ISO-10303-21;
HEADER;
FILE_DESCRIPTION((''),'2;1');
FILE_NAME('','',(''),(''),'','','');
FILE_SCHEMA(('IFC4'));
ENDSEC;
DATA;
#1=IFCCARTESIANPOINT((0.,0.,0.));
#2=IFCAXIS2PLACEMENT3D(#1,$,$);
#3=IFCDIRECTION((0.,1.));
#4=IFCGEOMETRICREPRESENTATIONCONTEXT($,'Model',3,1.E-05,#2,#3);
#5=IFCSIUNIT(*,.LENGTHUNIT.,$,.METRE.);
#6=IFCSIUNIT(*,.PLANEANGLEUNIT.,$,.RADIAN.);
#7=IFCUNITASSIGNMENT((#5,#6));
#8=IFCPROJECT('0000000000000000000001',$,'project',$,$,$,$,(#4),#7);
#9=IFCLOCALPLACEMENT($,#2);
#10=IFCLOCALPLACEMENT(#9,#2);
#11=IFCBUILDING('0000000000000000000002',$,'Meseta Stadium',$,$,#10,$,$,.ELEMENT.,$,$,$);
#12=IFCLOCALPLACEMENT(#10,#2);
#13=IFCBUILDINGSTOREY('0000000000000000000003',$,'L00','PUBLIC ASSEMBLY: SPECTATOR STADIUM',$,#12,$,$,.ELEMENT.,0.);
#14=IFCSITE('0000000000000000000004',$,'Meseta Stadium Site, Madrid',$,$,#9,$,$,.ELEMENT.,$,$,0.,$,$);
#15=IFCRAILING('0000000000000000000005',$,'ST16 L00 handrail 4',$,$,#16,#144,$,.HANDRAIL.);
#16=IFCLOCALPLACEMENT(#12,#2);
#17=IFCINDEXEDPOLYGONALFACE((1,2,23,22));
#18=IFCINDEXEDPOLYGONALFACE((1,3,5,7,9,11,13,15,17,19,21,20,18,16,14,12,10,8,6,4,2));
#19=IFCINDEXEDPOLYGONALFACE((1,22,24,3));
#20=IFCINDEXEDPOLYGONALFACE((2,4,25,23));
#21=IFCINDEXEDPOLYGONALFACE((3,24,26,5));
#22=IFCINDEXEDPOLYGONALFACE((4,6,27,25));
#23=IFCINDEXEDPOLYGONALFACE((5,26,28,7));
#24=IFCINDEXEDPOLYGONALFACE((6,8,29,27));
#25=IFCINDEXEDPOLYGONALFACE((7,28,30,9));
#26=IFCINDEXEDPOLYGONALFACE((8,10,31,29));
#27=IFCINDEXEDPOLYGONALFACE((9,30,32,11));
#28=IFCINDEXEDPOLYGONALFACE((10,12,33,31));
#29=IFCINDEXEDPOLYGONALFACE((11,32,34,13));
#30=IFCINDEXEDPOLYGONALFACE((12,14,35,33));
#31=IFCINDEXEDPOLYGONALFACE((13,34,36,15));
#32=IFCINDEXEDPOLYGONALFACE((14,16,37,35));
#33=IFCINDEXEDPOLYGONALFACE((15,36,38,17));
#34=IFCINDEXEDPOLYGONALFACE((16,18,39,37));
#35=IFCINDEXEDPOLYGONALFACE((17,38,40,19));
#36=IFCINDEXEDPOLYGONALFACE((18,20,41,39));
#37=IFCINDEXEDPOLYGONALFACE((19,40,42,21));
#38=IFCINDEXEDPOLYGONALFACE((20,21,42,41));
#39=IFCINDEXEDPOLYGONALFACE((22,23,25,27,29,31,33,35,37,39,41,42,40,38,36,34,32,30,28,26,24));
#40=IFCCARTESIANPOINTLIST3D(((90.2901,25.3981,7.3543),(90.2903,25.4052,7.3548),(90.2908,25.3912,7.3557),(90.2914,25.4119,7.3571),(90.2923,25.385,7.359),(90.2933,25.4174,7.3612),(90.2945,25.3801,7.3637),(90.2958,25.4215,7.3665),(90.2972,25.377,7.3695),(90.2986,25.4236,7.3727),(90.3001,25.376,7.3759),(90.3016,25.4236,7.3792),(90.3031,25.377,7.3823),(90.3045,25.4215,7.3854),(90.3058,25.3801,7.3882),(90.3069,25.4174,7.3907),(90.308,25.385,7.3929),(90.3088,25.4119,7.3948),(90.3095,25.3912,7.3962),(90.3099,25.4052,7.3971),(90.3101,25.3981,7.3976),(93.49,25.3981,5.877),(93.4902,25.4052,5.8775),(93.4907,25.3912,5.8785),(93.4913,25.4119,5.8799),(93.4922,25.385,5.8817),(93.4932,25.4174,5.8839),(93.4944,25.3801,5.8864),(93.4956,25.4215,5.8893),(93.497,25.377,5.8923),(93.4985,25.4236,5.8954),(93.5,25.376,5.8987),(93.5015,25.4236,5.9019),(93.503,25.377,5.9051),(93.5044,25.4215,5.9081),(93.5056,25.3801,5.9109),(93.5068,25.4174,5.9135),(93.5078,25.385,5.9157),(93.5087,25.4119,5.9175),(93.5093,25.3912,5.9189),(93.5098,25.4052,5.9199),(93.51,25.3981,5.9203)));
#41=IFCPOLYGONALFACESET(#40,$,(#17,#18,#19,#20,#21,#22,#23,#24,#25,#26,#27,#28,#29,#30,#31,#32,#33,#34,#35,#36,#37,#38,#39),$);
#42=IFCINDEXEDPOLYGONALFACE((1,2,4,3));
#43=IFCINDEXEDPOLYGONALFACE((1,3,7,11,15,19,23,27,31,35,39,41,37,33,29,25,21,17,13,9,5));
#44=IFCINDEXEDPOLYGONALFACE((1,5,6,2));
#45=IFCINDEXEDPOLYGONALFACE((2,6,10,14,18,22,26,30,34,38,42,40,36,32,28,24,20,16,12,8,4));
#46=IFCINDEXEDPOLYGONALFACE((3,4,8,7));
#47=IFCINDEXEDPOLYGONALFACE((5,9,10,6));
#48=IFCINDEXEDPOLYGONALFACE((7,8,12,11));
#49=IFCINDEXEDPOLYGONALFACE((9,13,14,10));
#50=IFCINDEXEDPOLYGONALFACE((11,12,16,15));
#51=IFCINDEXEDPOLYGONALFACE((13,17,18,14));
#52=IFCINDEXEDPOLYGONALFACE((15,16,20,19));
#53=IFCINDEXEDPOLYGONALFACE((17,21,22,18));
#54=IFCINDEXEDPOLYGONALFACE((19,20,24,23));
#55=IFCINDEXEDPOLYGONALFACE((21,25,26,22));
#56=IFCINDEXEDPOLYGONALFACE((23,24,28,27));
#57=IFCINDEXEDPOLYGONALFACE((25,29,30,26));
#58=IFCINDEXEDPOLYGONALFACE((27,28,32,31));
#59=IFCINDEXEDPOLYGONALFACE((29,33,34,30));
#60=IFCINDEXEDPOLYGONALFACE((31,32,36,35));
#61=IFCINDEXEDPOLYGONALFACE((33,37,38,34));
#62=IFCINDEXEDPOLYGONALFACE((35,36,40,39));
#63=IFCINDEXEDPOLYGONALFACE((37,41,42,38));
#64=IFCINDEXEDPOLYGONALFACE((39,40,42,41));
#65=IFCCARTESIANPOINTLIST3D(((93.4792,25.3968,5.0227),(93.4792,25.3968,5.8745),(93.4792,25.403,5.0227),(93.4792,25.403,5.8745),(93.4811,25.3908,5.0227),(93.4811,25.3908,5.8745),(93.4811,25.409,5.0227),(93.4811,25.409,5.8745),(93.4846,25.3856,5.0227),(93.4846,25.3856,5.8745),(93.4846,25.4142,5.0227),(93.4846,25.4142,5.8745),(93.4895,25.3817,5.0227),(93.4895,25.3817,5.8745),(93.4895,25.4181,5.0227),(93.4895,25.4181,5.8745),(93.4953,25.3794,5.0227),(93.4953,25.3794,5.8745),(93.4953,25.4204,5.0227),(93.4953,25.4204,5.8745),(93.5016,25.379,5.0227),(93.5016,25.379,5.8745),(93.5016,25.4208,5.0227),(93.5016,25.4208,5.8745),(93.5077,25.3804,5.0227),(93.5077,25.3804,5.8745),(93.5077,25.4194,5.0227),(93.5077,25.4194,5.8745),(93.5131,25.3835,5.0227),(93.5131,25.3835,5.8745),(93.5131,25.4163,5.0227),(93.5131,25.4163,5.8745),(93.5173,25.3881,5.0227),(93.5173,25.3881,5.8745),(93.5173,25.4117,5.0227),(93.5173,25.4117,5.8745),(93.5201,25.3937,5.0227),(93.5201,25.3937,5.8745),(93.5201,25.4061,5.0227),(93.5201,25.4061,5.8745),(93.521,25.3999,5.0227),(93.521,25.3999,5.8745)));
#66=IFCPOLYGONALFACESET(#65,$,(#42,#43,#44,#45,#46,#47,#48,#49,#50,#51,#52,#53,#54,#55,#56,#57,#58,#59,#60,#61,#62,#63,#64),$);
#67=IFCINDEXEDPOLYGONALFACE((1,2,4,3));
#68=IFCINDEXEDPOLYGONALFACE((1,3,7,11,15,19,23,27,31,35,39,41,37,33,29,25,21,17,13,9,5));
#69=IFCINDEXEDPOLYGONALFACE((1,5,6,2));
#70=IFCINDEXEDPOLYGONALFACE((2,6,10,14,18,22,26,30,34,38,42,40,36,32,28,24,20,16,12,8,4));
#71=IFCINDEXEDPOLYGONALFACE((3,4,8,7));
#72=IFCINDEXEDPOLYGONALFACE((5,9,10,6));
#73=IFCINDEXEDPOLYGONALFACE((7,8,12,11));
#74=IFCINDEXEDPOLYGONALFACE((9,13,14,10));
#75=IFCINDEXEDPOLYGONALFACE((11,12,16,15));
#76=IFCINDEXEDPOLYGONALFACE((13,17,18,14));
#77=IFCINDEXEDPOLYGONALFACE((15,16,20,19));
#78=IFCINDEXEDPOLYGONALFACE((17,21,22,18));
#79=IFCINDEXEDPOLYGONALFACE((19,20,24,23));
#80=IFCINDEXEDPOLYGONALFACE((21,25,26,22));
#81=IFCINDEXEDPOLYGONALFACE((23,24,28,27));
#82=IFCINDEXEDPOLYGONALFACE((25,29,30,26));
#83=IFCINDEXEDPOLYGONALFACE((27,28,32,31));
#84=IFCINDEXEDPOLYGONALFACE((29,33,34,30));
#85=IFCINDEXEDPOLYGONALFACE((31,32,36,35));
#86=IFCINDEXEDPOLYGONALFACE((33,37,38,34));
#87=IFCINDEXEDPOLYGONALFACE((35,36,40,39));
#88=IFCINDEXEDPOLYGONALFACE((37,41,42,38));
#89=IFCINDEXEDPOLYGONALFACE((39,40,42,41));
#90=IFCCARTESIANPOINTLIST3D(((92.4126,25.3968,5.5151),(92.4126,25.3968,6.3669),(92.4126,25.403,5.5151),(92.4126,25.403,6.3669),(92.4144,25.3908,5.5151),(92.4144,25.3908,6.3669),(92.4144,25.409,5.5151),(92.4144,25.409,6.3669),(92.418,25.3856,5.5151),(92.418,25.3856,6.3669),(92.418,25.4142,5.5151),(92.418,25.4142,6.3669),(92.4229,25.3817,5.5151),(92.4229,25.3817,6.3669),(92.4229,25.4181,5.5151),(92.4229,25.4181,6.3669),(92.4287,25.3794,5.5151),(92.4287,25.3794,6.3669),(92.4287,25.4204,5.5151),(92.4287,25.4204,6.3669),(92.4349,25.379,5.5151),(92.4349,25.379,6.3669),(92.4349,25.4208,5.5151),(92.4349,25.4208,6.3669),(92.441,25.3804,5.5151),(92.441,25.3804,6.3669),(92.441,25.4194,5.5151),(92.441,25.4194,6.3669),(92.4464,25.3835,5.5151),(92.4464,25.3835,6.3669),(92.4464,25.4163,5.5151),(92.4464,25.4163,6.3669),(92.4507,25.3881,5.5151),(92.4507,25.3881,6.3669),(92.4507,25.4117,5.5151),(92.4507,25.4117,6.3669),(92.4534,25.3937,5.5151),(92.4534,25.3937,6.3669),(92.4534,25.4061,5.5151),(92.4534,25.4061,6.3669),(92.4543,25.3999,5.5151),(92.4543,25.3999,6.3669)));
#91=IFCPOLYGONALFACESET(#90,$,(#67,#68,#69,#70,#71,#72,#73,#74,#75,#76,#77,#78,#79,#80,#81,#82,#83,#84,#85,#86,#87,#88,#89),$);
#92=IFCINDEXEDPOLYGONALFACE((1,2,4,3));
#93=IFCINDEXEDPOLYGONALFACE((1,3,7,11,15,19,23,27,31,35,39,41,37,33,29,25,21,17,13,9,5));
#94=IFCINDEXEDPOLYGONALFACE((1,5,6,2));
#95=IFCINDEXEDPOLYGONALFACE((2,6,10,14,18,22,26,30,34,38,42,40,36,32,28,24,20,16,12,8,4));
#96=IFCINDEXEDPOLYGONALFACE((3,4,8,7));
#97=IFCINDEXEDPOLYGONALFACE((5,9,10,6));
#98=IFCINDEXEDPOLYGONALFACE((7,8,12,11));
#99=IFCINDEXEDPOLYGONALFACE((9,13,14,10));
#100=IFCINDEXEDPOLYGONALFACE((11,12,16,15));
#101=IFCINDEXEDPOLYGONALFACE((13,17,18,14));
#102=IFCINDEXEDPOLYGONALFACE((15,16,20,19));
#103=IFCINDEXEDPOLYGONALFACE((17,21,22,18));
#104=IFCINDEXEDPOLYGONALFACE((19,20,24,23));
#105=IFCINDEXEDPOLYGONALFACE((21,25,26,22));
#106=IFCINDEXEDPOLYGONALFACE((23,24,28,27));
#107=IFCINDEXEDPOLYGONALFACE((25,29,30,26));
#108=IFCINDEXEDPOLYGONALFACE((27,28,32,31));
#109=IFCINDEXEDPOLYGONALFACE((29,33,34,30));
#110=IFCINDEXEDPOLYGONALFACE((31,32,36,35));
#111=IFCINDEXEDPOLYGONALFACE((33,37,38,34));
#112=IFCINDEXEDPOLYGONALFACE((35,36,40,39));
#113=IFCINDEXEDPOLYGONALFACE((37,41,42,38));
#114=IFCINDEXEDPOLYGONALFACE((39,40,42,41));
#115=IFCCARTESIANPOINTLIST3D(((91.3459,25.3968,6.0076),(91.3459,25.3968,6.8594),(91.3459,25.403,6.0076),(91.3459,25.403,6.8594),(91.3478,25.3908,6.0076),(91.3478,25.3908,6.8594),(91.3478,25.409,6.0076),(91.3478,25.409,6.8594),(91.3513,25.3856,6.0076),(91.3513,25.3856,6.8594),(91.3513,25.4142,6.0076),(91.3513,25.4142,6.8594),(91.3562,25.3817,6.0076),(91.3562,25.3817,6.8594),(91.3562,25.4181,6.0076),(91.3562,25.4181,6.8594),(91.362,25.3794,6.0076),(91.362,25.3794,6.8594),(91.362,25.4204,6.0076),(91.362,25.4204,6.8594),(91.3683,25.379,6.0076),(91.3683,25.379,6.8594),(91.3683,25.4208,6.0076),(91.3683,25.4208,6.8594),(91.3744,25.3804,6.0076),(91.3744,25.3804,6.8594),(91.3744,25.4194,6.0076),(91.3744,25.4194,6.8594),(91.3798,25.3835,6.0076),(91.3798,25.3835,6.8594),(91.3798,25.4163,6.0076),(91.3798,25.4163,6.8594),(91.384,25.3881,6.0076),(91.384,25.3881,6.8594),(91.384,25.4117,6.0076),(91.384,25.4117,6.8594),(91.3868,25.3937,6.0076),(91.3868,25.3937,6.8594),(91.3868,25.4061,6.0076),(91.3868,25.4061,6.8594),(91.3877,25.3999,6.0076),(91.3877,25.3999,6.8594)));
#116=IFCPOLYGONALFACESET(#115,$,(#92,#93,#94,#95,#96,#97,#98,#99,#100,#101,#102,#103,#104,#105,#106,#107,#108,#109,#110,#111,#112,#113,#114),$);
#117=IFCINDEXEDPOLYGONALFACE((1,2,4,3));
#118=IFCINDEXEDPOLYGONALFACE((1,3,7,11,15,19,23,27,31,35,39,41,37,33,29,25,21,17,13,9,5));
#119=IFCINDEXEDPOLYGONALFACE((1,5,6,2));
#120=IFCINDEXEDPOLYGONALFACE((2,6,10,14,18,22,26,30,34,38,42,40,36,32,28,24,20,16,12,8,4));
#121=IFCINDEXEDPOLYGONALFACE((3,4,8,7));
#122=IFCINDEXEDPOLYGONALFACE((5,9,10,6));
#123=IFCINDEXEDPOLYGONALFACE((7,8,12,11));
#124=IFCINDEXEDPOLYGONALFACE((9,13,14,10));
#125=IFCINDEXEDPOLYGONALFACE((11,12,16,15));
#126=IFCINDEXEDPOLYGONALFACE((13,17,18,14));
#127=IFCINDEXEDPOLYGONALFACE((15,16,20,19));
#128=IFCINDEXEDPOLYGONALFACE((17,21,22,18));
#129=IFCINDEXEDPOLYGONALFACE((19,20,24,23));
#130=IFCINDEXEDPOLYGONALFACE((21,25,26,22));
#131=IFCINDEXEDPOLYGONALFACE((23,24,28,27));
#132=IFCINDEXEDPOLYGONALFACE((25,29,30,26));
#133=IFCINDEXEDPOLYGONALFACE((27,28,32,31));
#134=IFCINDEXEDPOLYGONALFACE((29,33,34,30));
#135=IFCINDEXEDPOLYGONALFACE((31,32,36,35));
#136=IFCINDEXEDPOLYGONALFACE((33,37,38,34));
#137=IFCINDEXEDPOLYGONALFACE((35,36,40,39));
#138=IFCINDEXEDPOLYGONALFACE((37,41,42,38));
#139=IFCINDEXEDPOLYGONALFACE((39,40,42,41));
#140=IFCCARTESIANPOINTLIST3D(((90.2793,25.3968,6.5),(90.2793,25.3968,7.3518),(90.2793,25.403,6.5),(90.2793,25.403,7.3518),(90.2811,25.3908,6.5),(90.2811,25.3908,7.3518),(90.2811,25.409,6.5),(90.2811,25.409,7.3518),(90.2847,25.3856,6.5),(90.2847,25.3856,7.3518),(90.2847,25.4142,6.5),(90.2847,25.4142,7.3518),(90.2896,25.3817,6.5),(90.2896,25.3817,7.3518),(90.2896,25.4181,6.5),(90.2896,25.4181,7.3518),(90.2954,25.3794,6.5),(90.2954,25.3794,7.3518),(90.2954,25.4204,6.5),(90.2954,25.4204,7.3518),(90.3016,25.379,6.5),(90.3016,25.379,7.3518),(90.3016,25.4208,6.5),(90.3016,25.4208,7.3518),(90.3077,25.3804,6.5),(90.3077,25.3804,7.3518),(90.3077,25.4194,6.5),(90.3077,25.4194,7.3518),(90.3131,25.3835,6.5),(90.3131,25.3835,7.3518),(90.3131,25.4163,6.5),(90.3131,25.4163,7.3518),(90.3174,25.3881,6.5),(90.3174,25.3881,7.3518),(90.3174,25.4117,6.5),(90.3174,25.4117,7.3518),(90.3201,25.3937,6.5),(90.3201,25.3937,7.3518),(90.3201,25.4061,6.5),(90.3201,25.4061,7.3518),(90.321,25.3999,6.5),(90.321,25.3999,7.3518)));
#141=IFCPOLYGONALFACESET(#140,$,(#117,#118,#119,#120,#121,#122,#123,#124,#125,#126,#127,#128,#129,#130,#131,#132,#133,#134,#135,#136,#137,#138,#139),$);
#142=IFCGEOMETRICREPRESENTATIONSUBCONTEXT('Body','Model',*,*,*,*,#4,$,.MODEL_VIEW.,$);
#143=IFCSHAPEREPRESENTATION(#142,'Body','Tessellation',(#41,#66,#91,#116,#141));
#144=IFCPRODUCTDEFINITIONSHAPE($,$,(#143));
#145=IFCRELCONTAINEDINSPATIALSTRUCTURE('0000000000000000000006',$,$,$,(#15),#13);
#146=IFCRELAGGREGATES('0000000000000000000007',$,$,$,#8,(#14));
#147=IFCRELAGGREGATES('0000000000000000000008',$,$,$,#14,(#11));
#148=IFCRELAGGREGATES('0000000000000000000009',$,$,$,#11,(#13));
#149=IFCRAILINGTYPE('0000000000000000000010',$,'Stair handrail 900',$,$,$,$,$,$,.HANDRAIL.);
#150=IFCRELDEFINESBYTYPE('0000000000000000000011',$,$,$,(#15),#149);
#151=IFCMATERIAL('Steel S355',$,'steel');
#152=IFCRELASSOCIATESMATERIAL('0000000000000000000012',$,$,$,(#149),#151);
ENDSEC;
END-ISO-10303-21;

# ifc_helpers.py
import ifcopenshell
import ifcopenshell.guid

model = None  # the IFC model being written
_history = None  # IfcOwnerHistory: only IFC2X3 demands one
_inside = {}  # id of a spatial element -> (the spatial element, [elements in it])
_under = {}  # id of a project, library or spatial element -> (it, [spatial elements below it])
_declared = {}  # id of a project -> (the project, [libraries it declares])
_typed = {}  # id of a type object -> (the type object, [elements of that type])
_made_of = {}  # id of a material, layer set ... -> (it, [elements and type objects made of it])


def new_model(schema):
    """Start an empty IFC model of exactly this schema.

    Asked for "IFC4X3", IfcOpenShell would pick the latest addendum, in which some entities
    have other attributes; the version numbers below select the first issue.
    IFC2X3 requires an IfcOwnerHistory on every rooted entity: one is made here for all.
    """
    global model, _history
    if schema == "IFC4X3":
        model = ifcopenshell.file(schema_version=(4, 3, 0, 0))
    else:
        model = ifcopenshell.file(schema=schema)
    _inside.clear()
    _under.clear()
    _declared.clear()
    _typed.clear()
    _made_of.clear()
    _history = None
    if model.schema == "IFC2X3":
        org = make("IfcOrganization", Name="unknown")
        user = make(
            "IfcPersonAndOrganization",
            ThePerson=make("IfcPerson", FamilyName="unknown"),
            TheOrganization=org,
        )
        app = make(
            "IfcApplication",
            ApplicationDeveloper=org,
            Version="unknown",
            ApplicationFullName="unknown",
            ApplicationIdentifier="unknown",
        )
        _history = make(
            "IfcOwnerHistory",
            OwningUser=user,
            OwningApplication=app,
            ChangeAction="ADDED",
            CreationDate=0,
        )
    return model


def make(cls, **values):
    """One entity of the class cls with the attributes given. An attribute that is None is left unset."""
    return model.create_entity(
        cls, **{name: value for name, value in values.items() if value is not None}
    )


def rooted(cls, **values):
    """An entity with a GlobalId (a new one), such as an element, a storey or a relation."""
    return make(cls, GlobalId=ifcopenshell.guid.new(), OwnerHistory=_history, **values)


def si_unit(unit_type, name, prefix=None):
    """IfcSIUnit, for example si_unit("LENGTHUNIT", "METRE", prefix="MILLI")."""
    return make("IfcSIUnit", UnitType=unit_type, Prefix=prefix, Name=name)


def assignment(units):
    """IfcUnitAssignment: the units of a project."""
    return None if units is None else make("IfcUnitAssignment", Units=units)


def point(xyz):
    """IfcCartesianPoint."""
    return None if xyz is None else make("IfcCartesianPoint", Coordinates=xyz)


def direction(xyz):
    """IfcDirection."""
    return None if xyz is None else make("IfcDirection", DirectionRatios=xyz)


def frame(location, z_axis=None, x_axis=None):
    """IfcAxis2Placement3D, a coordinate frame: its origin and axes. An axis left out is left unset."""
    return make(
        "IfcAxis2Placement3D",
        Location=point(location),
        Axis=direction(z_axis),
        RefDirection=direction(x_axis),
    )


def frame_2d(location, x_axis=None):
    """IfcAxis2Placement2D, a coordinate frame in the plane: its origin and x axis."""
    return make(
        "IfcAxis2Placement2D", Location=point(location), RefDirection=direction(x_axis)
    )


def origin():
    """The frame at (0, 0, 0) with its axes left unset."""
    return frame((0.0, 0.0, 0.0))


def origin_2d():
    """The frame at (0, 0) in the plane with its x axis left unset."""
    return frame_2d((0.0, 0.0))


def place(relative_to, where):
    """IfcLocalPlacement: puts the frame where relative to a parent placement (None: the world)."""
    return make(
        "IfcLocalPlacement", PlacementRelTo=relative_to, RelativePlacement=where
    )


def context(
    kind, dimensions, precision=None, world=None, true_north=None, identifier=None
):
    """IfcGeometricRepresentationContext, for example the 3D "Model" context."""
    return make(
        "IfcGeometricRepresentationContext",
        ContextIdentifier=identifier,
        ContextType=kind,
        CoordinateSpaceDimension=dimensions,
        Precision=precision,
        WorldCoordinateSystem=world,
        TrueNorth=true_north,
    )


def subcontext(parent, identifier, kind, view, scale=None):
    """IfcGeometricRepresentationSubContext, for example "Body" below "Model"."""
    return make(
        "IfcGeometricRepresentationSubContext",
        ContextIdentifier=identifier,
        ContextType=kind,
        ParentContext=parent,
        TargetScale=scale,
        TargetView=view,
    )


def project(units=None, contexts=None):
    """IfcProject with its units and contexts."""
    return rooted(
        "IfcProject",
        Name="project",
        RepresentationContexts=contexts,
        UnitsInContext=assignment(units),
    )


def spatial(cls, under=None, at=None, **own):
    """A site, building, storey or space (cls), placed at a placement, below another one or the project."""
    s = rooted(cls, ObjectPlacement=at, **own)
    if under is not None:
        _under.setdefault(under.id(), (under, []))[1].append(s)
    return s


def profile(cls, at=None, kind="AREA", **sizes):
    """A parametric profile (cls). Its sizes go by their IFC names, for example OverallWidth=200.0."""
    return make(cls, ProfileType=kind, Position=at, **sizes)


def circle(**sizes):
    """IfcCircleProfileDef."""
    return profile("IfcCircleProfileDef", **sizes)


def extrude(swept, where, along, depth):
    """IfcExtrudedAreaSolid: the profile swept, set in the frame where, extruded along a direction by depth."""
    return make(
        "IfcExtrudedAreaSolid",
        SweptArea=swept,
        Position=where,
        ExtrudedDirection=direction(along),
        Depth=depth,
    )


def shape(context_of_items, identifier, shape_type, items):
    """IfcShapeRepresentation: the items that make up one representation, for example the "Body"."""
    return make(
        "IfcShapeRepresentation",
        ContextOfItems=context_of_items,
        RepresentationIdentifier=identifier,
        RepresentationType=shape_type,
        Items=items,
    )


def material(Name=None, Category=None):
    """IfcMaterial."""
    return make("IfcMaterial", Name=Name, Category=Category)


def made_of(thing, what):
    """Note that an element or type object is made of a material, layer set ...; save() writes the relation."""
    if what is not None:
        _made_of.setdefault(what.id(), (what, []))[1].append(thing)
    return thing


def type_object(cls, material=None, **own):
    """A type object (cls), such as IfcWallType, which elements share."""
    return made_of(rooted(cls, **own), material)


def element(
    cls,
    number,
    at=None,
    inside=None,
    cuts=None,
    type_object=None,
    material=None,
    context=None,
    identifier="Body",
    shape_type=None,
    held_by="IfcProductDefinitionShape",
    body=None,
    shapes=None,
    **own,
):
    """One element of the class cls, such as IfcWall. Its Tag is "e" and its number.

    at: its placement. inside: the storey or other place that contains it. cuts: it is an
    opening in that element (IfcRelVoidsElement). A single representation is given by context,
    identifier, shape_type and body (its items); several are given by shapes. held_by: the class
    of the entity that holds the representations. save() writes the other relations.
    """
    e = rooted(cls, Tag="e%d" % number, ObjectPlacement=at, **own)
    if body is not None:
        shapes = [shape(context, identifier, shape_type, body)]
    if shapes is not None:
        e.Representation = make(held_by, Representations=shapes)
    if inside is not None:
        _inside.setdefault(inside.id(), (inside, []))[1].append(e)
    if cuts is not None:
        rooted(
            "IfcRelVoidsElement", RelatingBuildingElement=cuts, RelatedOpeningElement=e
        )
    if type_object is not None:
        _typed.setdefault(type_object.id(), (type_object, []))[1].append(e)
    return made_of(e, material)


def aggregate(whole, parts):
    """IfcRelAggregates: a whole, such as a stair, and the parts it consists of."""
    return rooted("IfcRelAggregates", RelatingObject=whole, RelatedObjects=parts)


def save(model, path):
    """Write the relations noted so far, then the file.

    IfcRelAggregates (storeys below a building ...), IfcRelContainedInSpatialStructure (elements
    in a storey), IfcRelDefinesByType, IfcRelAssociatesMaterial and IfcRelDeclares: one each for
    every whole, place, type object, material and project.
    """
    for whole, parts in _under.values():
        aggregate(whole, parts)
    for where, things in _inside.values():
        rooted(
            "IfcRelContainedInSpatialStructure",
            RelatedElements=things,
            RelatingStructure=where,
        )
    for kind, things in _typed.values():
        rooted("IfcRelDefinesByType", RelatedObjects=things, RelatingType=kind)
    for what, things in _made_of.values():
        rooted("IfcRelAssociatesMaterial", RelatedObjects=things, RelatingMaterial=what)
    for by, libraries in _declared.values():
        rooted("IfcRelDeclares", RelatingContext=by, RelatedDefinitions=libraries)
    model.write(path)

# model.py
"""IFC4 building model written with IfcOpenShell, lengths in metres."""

from ifc_helpers import new_model, si_unit, direction, frame, origin, origin_2d, place, context, subcontext, project, spatial, circle, extrude, material, type_object, element, save


model = new_model("IFC4")

# Units and contexts
model_context = context("Model", 3, precision=1e-05, world=origin(), true_north=direction((0.0, 1.0)))
body_context = subcontext(model_context, "Body", "Model", "MODEL_VIEW")
ifc_project = project(units=[si_unit("LENGTHUNIT", "METRE"), si_unit("PLANEANGLEUNIT", "RADIAN")], contexts=[model_context])

# Site, building, storey
site_placement = place(None, origin())
site = spatial("IfcSite", under=ifc_project, at=site_placement, Name="Meseta Stadium Site, Madrid", CompositionType="ELEMENT", RefElevation=0.0)
building_placement = place(site_placement, origin())
building = spatial("IfcBuilding", under=site, at=building_placement, Name="Meseta Stadium", CompositionType="ELEMENT")
storey_placement = place(building_placement, origin())
storey = spatial("IfcBuildingStorey", under=building, at=storey_placement, Name="L00", Description="PUBLIC ASSEMBLY: SPECTATOR STADIUM", CompositionType="ELEMENT", Elevation=0.0)

# Railing
ifc_material_1 = material(Name="Steel S355", Category="steel")
railing_type_1 = type_object("IfcRailingType", Name="Stair handrail 900", PredefinedType="HANDRAIL", material=ifc_material_1)
for number, where, name in (
    (1, (93.5, 25.3999, 5.0227), "ST16 L00 handrail 4"),
):
    element("IfcRailing", number, at=place(storey_placement, frame(where)), inside=storey, type_object=railing_type_1, Name=name, PredefinedType="HANDRAIL", context=body_context, shape_type="SweptSolid", body=[
        extrude(circle(Radius=0.0239, at=origin_2d()), frame((0.0, 0.0, 0.876), z_axis=(-0.907917, 0.0, 0.41915), x_axis=(0.0, -1.0, 0.0)), (0.0, 0.0, 1.0), 3.5244),
        extrude(circle(Radius=0.021, at=origin_2d()), origin(), (0.0, 0.0, 1.0), 0.8518),
        extrude(circle(Radius=0.021, at=origin_2d()), frame((-1.0667, 0.0, 0.4924)), (0.0, 0.0, 1.0), 0.8518),
        extrude(circle(Radius=0.021, at=origin_2d()), frame((-2.1333, 0.0, 0.9849)), (0.0, 0.0, 1.0), 0.8518),
        extrude(circle(Radius=0.021, at=origin_2d()), frame((-3.2, 0.0, 1.4773)), (0.0, 0.0, 1.0), 0.8518),
    ])

save(model, "model.ifc")
